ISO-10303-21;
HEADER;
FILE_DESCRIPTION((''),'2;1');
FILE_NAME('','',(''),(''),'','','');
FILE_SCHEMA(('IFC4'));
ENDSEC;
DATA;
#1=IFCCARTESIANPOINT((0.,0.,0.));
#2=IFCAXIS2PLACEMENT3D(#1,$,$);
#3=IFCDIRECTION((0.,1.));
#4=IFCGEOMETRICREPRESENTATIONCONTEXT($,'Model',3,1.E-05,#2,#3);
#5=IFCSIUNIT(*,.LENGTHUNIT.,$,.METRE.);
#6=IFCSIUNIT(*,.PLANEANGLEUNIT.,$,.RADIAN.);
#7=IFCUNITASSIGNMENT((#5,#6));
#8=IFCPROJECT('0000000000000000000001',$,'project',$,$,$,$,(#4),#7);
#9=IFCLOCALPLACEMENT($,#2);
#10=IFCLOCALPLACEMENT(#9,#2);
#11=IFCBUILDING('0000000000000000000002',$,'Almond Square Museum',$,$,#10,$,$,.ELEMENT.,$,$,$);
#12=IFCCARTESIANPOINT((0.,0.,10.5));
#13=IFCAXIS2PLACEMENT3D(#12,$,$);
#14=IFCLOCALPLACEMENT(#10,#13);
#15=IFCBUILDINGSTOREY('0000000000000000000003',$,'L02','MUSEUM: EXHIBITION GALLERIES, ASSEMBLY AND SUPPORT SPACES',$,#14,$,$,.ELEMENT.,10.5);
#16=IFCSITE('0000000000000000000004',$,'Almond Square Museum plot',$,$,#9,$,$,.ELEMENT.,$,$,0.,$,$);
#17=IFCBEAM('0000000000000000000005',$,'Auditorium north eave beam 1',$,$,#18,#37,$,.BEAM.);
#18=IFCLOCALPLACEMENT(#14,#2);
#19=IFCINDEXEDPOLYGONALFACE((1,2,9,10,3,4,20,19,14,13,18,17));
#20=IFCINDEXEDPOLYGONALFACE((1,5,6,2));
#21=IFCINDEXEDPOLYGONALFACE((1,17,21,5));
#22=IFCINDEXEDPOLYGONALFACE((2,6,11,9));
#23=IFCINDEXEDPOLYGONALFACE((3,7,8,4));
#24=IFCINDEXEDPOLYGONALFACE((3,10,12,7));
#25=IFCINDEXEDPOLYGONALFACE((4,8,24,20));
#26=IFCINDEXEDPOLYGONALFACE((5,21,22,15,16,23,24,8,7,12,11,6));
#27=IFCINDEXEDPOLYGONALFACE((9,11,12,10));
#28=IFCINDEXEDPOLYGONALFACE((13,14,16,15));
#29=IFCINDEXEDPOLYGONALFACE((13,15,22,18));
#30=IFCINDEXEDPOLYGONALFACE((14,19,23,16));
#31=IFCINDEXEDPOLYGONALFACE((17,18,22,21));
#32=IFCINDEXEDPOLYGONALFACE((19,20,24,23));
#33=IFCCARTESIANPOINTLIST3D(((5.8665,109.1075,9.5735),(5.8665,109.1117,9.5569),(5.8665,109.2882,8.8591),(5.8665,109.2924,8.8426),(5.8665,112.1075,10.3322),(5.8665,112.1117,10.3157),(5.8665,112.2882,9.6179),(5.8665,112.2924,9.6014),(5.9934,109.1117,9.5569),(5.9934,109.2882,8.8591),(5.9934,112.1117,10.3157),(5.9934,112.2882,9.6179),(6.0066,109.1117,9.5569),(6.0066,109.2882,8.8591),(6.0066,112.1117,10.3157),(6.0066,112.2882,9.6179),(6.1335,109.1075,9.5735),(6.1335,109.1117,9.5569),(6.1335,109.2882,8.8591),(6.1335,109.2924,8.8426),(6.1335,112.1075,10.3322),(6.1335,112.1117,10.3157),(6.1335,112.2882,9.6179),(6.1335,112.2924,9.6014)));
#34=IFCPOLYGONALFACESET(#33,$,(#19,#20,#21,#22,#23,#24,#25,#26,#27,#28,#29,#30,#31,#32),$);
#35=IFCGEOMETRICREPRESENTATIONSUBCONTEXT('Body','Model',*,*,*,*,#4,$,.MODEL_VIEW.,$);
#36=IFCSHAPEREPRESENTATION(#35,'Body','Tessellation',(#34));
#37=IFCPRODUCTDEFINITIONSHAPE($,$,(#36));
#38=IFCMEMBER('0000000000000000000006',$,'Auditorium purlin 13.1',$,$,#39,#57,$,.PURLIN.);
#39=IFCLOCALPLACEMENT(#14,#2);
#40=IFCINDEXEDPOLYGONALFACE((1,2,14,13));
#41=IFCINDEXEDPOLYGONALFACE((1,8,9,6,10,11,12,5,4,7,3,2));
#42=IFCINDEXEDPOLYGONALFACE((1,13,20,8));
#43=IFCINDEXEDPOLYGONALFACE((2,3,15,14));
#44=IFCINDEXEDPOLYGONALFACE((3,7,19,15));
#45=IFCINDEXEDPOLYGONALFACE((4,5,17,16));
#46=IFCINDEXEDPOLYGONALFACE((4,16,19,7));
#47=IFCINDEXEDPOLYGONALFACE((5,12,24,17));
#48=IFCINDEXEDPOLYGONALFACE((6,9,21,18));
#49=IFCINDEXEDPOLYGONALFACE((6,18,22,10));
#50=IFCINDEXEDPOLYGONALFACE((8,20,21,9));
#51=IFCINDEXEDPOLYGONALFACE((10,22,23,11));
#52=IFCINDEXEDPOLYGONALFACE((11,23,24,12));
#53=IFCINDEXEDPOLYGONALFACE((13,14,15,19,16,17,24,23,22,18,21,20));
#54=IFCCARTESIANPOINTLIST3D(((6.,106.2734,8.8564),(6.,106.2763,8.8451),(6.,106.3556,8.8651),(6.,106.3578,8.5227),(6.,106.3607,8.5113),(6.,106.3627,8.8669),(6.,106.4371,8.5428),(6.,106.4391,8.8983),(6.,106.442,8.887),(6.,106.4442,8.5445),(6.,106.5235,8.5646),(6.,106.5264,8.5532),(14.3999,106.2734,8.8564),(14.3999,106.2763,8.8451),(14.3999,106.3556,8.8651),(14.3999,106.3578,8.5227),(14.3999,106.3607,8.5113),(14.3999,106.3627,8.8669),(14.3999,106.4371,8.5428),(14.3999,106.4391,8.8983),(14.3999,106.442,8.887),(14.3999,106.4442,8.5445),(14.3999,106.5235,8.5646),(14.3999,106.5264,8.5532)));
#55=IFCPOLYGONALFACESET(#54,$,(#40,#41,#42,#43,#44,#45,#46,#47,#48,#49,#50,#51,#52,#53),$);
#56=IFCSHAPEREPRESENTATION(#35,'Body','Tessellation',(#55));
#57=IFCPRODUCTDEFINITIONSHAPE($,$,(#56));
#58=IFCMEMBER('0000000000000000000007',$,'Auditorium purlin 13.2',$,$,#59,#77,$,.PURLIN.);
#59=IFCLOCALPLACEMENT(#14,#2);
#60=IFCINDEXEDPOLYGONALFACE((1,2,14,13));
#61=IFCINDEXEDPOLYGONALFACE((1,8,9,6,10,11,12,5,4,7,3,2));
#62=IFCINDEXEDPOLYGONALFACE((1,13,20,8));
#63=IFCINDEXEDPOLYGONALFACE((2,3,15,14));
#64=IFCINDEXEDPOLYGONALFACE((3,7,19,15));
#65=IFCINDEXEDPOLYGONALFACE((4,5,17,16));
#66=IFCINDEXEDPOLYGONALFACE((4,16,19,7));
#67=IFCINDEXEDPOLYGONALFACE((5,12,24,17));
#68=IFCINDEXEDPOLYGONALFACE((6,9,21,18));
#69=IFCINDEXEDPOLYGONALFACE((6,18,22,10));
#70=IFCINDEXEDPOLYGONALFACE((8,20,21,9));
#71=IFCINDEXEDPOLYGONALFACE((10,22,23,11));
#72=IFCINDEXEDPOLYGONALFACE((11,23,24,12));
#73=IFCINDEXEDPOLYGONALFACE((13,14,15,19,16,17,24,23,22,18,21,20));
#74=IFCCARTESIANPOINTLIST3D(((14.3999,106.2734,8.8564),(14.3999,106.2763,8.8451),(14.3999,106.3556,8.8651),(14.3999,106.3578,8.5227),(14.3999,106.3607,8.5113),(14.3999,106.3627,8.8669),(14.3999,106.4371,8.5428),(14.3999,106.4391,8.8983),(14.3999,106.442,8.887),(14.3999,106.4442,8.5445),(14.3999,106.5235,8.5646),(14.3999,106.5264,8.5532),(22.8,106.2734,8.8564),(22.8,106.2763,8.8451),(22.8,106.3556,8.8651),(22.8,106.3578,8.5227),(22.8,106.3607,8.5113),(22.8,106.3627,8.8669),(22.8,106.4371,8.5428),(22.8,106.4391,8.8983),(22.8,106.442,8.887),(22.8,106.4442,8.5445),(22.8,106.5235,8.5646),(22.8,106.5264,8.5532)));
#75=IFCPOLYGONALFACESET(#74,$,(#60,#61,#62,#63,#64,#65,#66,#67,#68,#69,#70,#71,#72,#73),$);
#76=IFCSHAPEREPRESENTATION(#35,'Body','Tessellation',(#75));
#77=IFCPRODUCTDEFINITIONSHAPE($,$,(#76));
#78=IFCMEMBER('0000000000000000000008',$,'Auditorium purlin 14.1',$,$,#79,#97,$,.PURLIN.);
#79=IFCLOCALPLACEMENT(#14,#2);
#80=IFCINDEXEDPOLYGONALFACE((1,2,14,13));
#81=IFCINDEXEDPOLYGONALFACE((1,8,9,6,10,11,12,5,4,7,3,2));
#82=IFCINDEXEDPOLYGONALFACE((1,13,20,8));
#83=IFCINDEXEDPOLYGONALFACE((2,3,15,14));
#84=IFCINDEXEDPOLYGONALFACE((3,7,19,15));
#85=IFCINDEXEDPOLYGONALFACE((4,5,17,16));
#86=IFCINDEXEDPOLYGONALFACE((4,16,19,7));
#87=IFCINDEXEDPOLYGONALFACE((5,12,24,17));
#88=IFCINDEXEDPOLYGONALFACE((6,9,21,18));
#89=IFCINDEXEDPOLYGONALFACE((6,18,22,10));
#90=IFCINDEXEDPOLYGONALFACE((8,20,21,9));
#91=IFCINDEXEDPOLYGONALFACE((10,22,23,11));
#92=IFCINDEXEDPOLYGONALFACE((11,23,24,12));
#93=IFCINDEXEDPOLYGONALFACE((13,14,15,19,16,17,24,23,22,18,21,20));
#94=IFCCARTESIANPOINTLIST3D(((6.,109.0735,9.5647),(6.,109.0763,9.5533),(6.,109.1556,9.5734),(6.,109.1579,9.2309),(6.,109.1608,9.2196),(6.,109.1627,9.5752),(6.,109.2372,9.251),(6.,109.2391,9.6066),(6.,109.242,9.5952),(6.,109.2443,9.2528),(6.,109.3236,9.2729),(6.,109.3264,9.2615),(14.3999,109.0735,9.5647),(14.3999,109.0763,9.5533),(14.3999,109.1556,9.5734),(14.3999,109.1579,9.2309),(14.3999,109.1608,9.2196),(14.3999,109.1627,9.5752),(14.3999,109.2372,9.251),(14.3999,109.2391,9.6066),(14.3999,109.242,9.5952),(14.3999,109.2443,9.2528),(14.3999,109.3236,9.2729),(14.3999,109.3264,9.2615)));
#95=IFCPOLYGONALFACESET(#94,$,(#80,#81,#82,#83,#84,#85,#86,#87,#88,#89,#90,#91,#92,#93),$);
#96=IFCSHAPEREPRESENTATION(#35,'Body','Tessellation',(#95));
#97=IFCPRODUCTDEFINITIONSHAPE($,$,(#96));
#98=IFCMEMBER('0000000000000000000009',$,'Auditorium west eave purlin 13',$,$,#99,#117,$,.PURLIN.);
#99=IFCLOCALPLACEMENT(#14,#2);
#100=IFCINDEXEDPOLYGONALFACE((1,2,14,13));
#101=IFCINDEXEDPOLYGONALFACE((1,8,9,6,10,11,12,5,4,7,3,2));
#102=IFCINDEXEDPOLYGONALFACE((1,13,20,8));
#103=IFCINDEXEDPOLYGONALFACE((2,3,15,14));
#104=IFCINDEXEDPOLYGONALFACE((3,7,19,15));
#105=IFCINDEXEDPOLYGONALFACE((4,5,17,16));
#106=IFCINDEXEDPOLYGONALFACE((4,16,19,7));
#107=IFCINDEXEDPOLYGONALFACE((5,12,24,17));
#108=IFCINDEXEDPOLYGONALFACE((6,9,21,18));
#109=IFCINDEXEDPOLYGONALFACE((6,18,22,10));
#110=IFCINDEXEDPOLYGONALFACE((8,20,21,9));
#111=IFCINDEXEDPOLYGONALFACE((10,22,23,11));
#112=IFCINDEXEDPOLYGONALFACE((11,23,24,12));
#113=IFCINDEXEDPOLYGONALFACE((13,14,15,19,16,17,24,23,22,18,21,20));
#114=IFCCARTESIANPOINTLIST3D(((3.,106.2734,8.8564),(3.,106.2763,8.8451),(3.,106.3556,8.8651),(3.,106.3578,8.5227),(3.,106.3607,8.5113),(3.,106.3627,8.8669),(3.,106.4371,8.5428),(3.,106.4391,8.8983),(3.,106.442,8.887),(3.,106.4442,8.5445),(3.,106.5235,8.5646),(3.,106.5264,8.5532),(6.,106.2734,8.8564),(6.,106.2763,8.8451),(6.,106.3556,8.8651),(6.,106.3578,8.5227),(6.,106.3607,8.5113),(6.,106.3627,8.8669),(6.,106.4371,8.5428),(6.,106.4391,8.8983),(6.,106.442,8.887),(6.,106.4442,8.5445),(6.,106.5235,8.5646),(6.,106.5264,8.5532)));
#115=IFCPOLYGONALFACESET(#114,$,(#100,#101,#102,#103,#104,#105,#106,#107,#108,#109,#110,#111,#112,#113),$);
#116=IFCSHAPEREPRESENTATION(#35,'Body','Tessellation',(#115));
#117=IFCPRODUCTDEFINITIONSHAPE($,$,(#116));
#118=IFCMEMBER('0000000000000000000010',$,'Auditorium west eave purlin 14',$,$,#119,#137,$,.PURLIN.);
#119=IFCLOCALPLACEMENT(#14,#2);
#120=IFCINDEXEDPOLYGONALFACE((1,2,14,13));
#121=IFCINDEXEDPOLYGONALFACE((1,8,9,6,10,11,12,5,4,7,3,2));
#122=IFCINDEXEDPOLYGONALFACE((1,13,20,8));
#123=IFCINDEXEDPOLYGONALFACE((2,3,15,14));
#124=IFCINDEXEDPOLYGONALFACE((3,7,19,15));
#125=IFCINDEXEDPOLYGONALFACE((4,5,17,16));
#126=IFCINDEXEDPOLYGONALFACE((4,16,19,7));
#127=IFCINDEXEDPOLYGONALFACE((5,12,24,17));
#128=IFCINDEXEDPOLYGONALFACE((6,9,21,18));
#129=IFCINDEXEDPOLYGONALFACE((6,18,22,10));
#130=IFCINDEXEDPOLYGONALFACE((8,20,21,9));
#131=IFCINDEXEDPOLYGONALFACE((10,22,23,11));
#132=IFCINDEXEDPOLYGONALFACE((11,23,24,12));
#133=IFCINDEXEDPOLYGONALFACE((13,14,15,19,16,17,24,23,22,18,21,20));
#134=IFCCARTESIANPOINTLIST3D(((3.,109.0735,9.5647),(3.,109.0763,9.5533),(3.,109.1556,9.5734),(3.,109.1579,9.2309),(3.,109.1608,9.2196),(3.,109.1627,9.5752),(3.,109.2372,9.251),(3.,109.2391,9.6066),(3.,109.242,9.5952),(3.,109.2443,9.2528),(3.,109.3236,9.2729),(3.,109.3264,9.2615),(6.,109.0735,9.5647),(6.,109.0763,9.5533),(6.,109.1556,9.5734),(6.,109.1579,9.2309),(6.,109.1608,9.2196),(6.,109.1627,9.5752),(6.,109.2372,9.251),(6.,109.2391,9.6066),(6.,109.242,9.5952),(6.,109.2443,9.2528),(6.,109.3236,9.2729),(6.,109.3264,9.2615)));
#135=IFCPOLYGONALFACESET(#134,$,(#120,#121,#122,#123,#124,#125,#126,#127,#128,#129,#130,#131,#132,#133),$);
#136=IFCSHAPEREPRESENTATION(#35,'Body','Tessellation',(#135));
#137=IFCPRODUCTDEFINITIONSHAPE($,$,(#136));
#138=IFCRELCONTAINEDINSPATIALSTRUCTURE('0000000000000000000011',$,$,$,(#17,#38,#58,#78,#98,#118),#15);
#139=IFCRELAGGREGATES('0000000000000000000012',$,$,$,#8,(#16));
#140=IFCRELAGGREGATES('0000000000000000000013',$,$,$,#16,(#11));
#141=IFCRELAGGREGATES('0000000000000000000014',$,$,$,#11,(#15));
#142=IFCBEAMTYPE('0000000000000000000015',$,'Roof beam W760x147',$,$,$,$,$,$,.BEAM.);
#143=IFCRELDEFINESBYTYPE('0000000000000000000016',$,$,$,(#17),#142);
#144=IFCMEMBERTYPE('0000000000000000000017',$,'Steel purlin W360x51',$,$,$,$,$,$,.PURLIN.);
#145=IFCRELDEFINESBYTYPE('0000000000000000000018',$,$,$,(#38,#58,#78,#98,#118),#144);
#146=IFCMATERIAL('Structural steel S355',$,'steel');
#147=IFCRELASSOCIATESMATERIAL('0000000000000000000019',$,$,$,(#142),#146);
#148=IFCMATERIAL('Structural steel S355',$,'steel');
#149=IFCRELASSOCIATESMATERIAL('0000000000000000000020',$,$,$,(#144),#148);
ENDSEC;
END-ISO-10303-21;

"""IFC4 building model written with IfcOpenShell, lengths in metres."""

from ifc_helpers import new_model, si_unit, direction, frame, origin, origin_2d, place, context, subcontext, project, spatial, i_section, extrude, material, material_profile, profile_set, type_object, element, save


model = new_model("IFC4")

# Units and contexts
model_context = context("Model", 3, precision=1e-05, world=origin(), true_north=direction((0.0, 1.0)))
body_context = subcontext(model_context, "Body", "Model", "MODEL_VIEW")
ifc_project = project(units=[si_unit("LENGTHUNIT", "METRE"), si_unit("PLANEANGLEUNIT", "RADIAN")], contexts=[model_context])

# Site, building, storey
site_placement = place(None, origin())
site = spatial("IfcSite", under=ifc_project, at=site_placement, Name="Almond Square Museum plot", CompositionType="ELEMENT", RefElevation=0.0)
building_placement = place(site_placement, origin())
building = spatial("IfcBuilding", under=site, at=building_placement, Name="Almond Square Museum", CompositionType="ELEMENT")
storey_placement = place(building_placement, frame((0.0, 0.0, 10.5)))
storey = spatial("IfcBuildingStorey", under=building, at=storey_placement, Name="L02", Description="MUSEUM: EXHIBITION GALLERIES, ASSEMBLY AND SUPPORT SPACES", CompositionType="ELEMENT", Elevation=10.5)

# Beam
ifc_material_1 = material(Name="Structural steel S355", Category="steel")
ifc_material_profile_1 = material_profile(ifc_material_1, i_section(OverallWidth=0.2671, OverallDepth=0.7539, WebThickness=0.0132, FlangeThickness=0.0171, at=origin_2d()))
ifc_profile_set_1 = profile_set([ifc_material_profile_1], Name="Structural steel S355")
beam_type = type_object("IfcBeamType", Name="Roof beam W760x147", PredefinedType="BEAM", material=ifc_profile_set_1)
beam_placement = place(storey_placement, frame((6.0, 109.2, 9.208), z_axis=(0.0, 0.969471, 0.245208), x_axis=(-1.0, 0.0, 0.0)))
element("IfcBeam", 1, at=beam_placement, inside=storey, type_object=beam_type, Name="Auditorium north eave beam 1", PredefinedType="BEAM", context=body_context, shape_type="SweptSolid", body=[
    extrude(i_section(OverallWidth=0.2671, OverallDepth=0.7539, WebThickness=0.0132, FlangeThickness=0.0171, at=origin_2d()), origin(), (0.0, 0.0, 1.0), 3.0945),
])

# Members
ifc_material_2 = material(Name="Structural steel S355", Category="steel")
ifc_material_profile_2 = material_profile(ifc_material_2, i_section(OverallWidth=0.1709, OverallDepth=0.356, WebThickness=0.0073, FlangeThickness=0.0117, at=origin_2d()))
ifc_profile_set_2 = profile_set([ifc_material_profile_2], Name="Structural steel S355")
member_type_1 = type_object("IfcMemberType", Name="Steel purlin W360x51", PredefinedType="PURLIN", material=ifc_profile_set_2)
member_1_placement = place(storey_placement, frame((6.0, 106.3999, 8.7048), z_axis=(1.0, 0.0, 0.0), x_axis=(0.0, 0.96946, 0.24525)))
element("IfcMember", 2, at=member_1_placement, inside=storey, type_object=member_type_1, Name="Auditorium purlin 13.1", PredefinedType="PURLIN", context=body_context, shape_type="SweptSolid", body=[
    extrude(i_section(OverallWidth=0.1709, OverallDepth=0.356, WebThickness=0.0073, FlangeThickness=0.0117, at=origin_2d()), origin(), (0.0, 0.0, 1.0), 8.3999),
])
member_2_placement = place(storey_placement, frame((14.3999, 106.3999, 8.7048), z_axis=(1.0, 0.0, 0.0), x_axis=(0.0, 0.96946, 0.24525)))
element("IfcMember", 3, at=member_2_placement, inside=storey, type_object=member_type_1, Name="Auditorium purlin 13.2", PredefinedType="PURLIN", context=body_context, shape_type="SweptSolid", body=[
    extrude(i_section(OverallWidth=0.1709, OverallDepth=0.356, WebThickness=0.0073, FlangeThickness=0.0117, at=origin_2d()), origin(), (0.0, 0.0, 1.0), 8.4001),
])
member_3_placement = place(storey_placement, frame((6.0, 109.2, 9.4131), z_axis=(1.0, 0.0, 0.0), x_axis=(0.0, 0.96946, 0.24525)))
element("IfcMember", 4, at=member_3_placement, inside=storey, type_object=member_type_1, Name="Auditorium purlin 14.1", PredefinedType="PURLIN", context=body_context, shape_type="SweptSolid", body=[
    extrude(i_section(OverallWidth=0.1709, OverallDepth=0.356, WebThickness=0.0073, FlangeThickness=0.0117, at=origin_2d()), origin(), (0.0, 0.0, 1.0), 8.3999),
])
for number, where, z_axis, x_axis, name in (
    (5, (3.0, 106.3999, 8.7048), (1.0, 0.0, 0.0), (0.0, 0.96946, 0.24525), "Auditorium west eave purlin 13"),
    (6, (3.0, 109.2, 9.4131), (1.0, 0.0, 0.0), (0.0, 0.96946, 0.24525), "Auditorium west eave purlin 14"),
):
    element("IfcMember", number, at=place(storey_placement, frame(where, z_axis=z_axis, x_axis=x_axis)), inside=storey, type_object=member_type_1, Name=name, PredefinedType="PURLIN", context=body_context, shape_type="SweptSolid", body=[
        extrude(i_section(OverallWidth=0.1709, OverallDepth=0.356, WebThickness=0.0073, FlangeThickness=0.0117, at=origin_2d()), origin(), (0.0, 0.0, 1.0), 3.0),
    ])

save(model, "model.ifc")
